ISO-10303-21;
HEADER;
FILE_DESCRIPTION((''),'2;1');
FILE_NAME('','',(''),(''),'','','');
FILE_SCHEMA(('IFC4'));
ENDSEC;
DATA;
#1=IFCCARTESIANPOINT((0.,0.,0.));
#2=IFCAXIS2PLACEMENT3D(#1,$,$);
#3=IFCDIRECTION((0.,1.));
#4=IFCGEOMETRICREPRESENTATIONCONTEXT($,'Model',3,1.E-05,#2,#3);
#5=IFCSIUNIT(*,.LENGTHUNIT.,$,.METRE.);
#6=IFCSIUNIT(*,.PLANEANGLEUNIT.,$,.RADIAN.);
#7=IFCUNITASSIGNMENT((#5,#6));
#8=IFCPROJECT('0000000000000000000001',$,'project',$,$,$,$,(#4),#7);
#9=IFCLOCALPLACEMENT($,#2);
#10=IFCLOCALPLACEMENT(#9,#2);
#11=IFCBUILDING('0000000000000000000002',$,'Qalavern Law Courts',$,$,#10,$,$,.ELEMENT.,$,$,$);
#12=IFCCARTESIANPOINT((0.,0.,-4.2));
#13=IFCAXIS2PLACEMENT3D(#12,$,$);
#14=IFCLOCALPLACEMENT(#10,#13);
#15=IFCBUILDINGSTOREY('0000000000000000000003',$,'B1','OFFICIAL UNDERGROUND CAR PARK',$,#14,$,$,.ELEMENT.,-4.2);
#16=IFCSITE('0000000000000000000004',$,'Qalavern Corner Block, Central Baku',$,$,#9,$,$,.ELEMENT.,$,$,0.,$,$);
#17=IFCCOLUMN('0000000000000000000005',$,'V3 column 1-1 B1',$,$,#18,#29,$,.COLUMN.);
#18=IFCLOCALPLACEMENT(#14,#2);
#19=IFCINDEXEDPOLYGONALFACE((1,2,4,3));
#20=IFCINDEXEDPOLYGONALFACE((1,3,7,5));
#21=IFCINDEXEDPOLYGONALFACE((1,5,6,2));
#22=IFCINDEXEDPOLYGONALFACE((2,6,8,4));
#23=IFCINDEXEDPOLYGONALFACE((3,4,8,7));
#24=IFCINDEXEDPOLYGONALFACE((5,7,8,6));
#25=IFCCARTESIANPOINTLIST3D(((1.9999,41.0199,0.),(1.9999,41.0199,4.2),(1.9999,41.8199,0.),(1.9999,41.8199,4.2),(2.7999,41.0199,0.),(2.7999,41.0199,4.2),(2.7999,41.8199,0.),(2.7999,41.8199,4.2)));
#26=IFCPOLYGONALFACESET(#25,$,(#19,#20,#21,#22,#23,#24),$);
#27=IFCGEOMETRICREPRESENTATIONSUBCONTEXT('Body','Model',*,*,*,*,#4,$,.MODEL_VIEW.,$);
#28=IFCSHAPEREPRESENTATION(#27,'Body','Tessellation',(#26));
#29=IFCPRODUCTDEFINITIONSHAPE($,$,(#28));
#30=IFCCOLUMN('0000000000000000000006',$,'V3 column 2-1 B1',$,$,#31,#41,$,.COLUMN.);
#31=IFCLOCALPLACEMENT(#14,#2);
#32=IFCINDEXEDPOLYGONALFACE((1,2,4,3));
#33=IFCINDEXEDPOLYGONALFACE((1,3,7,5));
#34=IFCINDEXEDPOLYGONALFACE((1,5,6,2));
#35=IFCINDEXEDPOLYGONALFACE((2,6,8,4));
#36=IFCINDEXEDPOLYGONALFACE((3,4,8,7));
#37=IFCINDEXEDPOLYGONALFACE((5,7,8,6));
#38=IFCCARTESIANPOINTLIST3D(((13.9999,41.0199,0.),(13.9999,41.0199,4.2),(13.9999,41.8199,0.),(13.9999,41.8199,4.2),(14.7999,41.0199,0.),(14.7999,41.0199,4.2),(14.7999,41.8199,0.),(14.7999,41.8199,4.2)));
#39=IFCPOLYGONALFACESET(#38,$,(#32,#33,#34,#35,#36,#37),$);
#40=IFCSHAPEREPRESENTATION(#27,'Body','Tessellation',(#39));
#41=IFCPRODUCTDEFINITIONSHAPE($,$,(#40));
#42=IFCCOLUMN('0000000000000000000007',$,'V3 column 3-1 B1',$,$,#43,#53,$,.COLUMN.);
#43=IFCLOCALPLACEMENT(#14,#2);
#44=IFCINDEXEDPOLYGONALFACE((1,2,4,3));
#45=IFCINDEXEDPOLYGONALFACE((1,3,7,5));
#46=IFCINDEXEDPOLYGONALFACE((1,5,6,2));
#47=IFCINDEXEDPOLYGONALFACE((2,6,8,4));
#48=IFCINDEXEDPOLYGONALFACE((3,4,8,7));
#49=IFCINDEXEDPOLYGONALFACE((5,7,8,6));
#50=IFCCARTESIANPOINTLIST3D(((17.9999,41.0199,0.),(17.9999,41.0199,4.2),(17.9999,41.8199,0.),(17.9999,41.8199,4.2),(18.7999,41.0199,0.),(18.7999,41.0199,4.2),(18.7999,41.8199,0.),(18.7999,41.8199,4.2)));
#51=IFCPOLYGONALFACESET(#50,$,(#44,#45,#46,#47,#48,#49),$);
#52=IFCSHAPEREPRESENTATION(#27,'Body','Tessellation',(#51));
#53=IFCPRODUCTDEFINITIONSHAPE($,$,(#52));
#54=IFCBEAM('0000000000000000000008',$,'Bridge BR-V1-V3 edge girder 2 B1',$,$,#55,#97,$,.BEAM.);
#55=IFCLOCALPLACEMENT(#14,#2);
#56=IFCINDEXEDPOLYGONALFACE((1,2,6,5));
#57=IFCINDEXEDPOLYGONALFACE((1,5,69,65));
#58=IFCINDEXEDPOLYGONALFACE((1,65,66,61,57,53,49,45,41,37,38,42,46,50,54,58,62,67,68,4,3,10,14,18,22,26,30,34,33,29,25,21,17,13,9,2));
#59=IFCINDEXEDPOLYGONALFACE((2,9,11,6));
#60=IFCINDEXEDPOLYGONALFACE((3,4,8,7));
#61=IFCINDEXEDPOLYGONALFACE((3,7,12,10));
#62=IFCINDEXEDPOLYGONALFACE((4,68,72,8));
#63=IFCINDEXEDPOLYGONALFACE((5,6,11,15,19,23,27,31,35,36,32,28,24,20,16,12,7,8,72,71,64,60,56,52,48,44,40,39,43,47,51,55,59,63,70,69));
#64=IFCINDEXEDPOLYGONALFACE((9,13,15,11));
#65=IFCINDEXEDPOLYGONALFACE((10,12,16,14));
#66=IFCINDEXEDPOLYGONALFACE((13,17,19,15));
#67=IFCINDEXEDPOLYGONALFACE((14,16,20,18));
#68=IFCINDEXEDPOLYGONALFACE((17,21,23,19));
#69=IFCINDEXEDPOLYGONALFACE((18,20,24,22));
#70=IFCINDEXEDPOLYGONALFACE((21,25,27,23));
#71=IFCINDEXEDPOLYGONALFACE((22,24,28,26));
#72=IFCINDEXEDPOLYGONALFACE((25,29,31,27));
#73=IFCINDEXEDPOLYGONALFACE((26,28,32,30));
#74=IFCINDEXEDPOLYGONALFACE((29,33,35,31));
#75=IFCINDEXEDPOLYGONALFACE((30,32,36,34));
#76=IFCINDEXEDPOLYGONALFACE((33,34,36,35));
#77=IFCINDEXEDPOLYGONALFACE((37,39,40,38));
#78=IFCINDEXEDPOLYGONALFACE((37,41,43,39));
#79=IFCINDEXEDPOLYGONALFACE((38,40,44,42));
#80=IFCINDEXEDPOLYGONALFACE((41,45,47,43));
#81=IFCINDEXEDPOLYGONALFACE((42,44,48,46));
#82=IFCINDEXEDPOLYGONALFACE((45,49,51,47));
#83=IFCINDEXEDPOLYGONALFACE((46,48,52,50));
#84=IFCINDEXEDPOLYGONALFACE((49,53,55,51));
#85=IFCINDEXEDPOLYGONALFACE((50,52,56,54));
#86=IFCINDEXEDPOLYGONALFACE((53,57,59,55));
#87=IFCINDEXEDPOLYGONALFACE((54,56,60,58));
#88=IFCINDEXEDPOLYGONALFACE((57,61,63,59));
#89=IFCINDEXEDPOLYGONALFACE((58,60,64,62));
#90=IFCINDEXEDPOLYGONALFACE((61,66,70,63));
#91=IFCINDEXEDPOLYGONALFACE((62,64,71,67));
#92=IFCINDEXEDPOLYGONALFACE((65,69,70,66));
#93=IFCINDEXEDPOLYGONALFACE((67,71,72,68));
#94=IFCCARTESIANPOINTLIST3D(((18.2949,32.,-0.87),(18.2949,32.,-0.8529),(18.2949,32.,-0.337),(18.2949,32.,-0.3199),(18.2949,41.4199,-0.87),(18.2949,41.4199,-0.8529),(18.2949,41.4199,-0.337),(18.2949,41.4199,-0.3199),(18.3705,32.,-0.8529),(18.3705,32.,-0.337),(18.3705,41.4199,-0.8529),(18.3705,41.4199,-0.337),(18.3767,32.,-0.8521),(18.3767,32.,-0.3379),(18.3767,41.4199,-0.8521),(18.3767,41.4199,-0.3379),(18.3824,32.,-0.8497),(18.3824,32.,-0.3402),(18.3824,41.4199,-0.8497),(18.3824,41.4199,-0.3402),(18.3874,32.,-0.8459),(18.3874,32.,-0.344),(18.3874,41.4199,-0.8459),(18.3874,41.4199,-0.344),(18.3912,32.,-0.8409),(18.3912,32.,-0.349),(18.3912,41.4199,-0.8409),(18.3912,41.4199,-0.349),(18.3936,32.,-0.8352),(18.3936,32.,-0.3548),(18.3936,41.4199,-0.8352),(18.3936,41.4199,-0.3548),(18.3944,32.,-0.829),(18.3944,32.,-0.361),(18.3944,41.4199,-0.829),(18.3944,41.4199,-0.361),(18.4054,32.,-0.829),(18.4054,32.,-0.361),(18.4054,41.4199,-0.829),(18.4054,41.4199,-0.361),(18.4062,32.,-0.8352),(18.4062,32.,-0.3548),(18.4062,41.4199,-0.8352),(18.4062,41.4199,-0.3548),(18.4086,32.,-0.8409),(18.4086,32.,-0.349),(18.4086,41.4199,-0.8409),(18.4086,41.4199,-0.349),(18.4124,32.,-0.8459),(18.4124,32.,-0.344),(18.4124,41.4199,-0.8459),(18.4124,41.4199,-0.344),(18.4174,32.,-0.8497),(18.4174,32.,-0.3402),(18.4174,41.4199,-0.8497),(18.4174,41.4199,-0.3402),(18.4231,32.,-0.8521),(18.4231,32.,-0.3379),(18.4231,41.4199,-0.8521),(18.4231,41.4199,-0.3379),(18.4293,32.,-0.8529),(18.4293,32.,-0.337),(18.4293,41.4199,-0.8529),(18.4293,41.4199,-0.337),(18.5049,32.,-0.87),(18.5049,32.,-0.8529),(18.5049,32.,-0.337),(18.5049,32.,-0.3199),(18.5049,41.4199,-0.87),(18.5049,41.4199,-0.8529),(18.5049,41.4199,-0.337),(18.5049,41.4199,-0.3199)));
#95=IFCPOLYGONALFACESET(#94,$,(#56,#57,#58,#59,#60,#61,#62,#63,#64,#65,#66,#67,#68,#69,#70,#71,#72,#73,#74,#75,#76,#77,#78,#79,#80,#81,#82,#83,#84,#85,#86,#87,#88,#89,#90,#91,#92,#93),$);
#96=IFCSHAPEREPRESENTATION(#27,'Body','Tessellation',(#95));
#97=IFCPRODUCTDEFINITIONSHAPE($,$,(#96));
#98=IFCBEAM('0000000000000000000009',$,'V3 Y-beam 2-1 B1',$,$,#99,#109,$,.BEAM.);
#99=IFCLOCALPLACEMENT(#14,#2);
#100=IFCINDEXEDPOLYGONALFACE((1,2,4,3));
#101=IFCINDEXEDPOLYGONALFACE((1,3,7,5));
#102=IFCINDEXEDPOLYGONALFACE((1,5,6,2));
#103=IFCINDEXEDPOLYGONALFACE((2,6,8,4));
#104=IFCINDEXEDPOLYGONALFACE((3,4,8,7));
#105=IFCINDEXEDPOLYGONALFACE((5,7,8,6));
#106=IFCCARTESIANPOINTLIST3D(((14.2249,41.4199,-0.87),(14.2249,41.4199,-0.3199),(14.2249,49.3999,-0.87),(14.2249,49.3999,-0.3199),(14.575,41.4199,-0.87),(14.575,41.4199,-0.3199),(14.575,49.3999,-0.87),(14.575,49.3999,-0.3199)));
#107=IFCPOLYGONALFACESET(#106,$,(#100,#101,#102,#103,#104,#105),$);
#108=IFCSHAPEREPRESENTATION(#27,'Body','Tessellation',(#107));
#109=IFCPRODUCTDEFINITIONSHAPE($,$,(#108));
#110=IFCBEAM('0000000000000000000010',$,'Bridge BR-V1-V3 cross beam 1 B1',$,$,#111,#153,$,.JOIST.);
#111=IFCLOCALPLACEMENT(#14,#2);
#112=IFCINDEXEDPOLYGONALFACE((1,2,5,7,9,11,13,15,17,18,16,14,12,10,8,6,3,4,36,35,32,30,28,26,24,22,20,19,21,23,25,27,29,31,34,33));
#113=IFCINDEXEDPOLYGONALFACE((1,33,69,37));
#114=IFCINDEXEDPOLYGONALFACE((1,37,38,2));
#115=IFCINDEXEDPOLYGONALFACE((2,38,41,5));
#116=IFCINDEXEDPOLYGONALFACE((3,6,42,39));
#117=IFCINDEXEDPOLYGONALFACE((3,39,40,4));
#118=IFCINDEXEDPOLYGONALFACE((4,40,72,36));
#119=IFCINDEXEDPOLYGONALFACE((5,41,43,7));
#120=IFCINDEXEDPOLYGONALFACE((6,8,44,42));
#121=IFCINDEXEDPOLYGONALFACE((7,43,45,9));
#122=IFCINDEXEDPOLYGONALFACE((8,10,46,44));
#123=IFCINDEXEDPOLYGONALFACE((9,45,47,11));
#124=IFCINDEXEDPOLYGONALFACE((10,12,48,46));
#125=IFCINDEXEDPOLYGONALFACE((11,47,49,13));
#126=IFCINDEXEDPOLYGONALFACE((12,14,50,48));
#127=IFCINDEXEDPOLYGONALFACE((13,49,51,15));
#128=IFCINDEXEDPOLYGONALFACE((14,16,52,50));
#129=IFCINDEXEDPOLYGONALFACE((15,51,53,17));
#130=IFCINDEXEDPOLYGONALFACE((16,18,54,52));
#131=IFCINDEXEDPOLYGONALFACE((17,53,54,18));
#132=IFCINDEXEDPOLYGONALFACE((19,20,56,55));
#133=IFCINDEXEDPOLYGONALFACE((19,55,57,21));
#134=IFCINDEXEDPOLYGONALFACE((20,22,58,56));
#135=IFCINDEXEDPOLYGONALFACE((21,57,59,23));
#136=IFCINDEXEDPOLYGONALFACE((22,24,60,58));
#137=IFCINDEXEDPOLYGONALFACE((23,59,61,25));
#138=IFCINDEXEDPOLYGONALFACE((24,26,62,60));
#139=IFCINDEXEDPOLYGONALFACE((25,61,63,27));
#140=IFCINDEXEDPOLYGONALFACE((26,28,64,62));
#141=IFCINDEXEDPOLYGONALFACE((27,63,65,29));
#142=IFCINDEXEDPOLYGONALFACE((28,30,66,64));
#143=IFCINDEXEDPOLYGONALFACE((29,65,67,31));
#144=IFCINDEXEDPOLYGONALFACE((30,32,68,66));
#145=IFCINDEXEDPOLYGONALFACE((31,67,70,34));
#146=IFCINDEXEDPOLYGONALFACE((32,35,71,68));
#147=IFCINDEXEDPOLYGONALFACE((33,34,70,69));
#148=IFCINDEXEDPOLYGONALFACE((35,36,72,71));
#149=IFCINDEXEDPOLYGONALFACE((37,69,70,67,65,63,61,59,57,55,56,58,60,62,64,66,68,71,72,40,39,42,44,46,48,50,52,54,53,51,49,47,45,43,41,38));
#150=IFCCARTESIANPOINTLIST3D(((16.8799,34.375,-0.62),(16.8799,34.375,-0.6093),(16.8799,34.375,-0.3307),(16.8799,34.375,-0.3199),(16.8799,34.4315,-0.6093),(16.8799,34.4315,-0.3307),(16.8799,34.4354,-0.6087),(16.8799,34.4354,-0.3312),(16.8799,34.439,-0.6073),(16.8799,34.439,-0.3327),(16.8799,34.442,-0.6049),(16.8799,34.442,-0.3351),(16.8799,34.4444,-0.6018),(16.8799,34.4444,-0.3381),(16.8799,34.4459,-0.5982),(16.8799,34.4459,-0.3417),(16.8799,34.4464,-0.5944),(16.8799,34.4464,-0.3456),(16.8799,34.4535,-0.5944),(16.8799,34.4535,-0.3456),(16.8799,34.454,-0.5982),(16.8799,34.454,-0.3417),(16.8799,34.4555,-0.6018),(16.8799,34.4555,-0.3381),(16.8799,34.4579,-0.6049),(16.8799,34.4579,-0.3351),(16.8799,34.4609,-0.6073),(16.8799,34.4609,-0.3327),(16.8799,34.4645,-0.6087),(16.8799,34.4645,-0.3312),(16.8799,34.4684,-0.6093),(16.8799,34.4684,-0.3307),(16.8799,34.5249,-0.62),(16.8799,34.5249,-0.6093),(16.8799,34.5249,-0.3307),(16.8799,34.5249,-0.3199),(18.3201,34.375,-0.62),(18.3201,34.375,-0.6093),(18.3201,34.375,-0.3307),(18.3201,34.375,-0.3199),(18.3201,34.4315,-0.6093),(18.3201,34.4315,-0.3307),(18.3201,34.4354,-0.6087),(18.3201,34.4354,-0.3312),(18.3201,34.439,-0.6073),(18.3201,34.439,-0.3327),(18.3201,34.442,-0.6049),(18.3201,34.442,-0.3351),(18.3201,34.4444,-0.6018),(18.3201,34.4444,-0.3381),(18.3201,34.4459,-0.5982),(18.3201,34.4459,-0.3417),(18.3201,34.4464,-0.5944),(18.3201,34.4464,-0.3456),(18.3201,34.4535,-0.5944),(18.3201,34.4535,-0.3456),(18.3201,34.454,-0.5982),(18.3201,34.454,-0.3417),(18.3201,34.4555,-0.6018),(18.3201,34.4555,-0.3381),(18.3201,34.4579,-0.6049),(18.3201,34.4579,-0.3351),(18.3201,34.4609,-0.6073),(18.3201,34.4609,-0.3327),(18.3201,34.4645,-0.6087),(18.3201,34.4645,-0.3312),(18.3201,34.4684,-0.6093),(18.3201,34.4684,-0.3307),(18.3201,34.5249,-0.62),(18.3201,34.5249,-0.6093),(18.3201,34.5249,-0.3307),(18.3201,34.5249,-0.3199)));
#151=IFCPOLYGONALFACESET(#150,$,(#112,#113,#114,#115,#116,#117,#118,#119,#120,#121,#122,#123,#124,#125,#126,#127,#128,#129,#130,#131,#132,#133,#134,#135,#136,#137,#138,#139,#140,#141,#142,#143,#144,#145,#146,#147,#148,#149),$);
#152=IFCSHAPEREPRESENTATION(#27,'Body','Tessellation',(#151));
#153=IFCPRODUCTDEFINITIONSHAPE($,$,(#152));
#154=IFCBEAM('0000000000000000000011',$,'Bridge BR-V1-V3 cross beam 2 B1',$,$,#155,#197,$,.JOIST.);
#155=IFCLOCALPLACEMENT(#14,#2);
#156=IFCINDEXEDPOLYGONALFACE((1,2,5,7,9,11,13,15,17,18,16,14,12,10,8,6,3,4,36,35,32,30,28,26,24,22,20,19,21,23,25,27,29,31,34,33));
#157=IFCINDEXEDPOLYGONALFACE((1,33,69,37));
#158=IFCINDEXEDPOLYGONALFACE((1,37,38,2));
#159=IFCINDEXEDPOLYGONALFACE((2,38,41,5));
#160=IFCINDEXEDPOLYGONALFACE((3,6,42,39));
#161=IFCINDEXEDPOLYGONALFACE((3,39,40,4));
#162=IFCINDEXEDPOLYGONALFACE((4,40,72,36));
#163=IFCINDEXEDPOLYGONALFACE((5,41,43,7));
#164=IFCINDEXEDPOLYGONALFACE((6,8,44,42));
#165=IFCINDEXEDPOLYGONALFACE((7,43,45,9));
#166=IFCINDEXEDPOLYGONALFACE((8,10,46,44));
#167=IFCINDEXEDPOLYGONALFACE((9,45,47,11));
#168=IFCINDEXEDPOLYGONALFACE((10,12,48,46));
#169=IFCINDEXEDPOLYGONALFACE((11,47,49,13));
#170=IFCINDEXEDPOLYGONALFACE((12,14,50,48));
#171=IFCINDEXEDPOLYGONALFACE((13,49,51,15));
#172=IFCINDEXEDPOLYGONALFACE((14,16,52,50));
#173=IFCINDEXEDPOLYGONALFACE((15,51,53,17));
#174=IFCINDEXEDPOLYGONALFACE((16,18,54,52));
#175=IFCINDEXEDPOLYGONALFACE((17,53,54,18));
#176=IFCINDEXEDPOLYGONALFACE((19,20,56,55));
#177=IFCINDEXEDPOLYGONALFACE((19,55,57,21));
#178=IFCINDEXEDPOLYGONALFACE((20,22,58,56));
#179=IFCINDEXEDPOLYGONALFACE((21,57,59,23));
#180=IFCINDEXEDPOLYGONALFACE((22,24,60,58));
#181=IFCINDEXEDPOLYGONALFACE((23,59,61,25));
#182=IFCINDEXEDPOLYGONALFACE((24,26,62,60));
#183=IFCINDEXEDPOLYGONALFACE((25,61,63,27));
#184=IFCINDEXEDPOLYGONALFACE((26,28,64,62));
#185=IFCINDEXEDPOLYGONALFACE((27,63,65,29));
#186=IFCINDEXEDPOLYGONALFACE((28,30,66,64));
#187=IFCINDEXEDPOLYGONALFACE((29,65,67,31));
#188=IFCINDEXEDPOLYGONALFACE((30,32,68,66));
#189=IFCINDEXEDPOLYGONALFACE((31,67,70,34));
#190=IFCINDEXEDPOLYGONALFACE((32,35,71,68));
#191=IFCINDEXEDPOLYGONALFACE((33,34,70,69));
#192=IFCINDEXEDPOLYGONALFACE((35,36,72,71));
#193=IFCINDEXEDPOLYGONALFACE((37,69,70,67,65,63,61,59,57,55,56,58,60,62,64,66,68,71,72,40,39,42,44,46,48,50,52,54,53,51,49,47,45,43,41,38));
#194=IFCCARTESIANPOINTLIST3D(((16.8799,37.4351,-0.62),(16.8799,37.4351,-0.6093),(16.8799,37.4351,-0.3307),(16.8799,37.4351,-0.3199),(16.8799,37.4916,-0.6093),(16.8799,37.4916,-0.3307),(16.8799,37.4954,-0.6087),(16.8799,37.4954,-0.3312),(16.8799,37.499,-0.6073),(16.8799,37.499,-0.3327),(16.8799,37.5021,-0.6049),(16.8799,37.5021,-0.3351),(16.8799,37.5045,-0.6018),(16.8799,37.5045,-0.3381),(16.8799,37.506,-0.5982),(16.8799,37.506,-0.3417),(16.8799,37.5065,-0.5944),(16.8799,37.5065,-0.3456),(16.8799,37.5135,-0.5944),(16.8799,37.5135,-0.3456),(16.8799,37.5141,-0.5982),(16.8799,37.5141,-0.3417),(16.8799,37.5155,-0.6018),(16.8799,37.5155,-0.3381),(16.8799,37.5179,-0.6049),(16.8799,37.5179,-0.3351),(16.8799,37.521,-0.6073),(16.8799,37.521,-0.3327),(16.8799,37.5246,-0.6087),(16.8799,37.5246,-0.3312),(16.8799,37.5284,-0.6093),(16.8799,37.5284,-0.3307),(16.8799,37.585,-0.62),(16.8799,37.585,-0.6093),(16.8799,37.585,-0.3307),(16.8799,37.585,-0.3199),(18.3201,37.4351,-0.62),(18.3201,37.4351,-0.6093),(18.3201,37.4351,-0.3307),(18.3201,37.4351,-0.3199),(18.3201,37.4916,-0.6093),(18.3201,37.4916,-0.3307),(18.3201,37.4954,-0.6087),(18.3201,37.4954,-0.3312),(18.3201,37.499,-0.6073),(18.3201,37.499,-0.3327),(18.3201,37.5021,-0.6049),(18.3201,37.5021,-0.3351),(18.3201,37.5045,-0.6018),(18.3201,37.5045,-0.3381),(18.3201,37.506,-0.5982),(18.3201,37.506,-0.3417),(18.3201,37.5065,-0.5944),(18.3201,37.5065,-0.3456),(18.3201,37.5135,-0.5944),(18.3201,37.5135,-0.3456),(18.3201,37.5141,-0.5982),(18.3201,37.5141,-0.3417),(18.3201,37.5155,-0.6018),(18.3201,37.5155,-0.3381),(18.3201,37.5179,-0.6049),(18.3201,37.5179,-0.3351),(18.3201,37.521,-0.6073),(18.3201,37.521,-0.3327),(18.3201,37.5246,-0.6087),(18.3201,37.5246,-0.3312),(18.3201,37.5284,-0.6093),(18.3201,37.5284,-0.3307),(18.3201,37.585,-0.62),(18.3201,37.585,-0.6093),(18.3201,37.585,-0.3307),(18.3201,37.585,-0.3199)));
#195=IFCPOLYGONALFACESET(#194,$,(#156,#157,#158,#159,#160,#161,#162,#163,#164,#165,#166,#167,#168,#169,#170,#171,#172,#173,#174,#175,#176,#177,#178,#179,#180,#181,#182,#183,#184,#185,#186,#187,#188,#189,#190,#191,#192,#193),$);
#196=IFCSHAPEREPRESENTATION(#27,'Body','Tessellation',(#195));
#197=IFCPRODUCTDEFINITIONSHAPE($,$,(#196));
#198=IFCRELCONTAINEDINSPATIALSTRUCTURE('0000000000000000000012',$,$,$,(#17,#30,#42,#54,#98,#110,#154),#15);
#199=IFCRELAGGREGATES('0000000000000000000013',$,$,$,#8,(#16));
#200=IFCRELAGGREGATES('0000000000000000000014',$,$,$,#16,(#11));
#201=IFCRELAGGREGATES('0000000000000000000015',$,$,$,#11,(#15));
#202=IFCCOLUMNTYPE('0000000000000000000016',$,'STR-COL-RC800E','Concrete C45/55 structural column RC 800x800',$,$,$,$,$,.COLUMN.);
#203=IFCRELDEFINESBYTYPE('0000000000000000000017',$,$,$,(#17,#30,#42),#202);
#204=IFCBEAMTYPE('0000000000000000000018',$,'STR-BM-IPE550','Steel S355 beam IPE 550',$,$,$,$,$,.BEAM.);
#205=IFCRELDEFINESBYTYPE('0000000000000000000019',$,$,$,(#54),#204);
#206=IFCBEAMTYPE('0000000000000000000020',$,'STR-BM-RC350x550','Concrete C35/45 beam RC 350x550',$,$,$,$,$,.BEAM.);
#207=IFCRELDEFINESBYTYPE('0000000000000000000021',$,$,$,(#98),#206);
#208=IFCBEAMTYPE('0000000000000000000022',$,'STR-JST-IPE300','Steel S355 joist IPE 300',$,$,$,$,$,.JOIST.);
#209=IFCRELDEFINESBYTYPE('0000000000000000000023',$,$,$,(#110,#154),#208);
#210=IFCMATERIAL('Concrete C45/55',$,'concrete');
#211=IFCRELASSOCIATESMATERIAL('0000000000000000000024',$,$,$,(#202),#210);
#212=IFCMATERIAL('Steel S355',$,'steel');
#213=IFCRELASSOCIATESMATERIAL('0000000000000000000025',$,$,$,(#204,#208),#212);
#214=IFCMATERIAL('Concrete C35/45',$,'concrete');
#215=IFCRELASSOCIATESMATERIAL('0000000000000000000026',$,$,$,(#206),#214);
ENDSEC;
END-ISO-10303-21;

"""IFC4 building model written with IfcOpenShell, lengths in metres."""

from ifc_helpers import new_model, si_unit, direction, frame, origin, origin_2d, place, context, subcontext, project, spatial, rectangle, i_section, extrude, material, material_profile, profile_set, type_object, element, save


model = new_model("IFC4")

# Units and contexts
model_context = context("Model", 3, precision=1e-05, world=origin(), true_north=direction((0.0, 1.0)))
body_context = subcontext(model_context, "Body", "Model", "MODEL_VIEW")
ifc_project = project(units=[si_unit("LENGTHUNIT", "METRE"), si_unit("PLANEANGLEUNIT", "RADIAN")], contexts=[model_context])

# Site, building, storey
site_placement = place(None, origin())
site = spatial("IfcSite", under=ifc_project, at=site_placement, Name="Qalavern Corner Block, Central Baku", CompositionType="ELEMENT", RefElevation=0.0)
building_placement = place(site_placement, origin())
building = spatial("IfcBuilding", under=site, at=building_placement, Name="Qalavern Law Courts", CompositionType="ELEMENT")
storey_placement = place(building_placement, frame((0.0, 0.0, -4.2)))
storey = spatial("IfcBuildingStorey", under=building, at=storey_placement, Name="B1", Description="OFFICIAL UNDERGROUND CAR PARK", CompositionType="ELEMENT", Elevation=-4.2)

# Columns
ifc_material_1 = material(Name="Concrete C45/55", Category="concrete")
ifc_material_profile_1 = material_profile(ifc_material_1, rectangle(XDim=0.8, YDim=0.8, at=origin_2d()), Name="RC 800x800")
ifc_profile_set_1 = profile_set([ifc_material_profile_1], Name="Concrete C45/55")
column_type = type_object("IfcColumnType", Name="STR-COL-RC800E", Description="Concrete C45/55 structural column RC 800x800", PredefinedType="COLUMN", material=ifc_profile_set_1)
for number, where, z_axis, x_axis, name in (
    (1, (2.3999, 41.4199, 0.0), (0.0, 0.0, 1.0), (1.0, 0.0, 0.0), "V3 column 1-1 B1"),
    (2, (14.3999, 41.4199, 0.0), (0.0, 0.0, 1.0), (1.0, 0.0, 0.0), "V3 column 2-1 B1"),
    (3, (18.3999, 41.4199, 0.0), (0.0, 0.0, 1.0), (1.0, 0.0, 0.0), "V3 column 3-1 B1"),
):
    element("IfcColumn", number, at=place(storey_placement, frame(where, z_axis=z_axis, x_axis=x_axis)), inside=storey, type_object=column_type, Name=name, PredefinedType="COLUMN", context=body_context, shape_type="SweptSolid", body=[
        extrude(rectangle(XDim=0.8, YDim=0.8, at=origin_2d()), origin(), (0.0, 0.0, 1.0), 4.2),
    ])

# Beams
ifc_material_2 = material(Name="Steel S355", Category="steel")
ifc_material_profile_2 = material_profile(ifc_material_2, i_section(OverallWidth=0.21, OverallDepth=0.55, WebThickness=0.011, FlangeThickness=0.0171, FilletRadius=0.0239, at=origin_2d()), Name="IPE 550")
ifc_profile_set_2 = profile_set([ifc_material_profile_2], Name="Steel S355")
beam_type_1 = type_object("IfcBeamType", Name="STR-BM-IPE550", Description="Steel S355 beam IPE 550", PredefinedType="BEAM", material=ifc_profile_set_2)
beam_1_placement = place(storey_placement, frame((18.3999, 32.0, -0.595), z_axis=(0.0, 1.0, 0.0), x_axis=(-1.0, 0.0, 0.0)))
element("IfcBeam", 4, at=beam_1_placement, inside=storey, type_object=beam_type_1, Name="Bridge BR-V1-V3 edge girder 2 B1", PredefinedType="BEAM", context=body_context, shape_type="SweptSolid", body=[
    extrude(i_section(OverallWidth=0.21, OverallDepth=0.55, WebThickness=0.011, FlangeThickness=0.0171, FilletRadius=0.0239, at=origin_2d()), origin(), (0.0, 0.0, 1.0), 9.4199),
])
ifc_material_3 = material(Name="Concrete C35/45", Category="concrete")
ifc_material_profile_3 = material_profile(ifc_material_3, rectangle(XDim=0.3501, YDim=0.55, at=origin_2d()), Name="RC 350x550")
ifc_profile_set_3 = profile_set([ifc_material_profile_3], Name="Concrete C35/45")
beam_type_2 = type_object("IfcBeamType", Name="STR-BM-RC350x550", Description="Concrete C35/45 beam RC 350x550", PredefinedType="BEAM", material=ifc_profile_set_3)
beam_2_placement = place(storey_placement, frame((14.3999, 41.4199, -0.595), z_axis=(0.0, 1.0, 0.0), x_axis=(-1.0, 0.0, 0.0)))
element("IfcBeam", 5, at=beam_2_placement, inside=storey, type_object=beam_type_2, Name="V3 Y-beam 2-1 B1", PredefinedType="BEAM", context=body_context, shape_type="SweptSolid", body=[
    extrude(rectangle(XDim=0.3501, YDim=0.55, at=origin_2d()), origin(), (0.0, 0.0, 1.0), 7.98),
])
ifc_material_profile_4 = material_profile(ifc_material_2, i_section(OverallWidth=0.1499, OverallDepth=0.3, WebThickness=0.0071, FlangeThickness=0.0107, FilletRadius=0.0149, at=origin_2d()), Name="IPE 300")
ifc_profile_set_4 = profile_set([ifc_material_profile_4], Name="Steel S355")
beam_type_3 = type_object("IfcBeamType", Name="STR-JST-IPE300", Description="Steel S355 joist IPE 300", PredefinedType="JOIST", material=ifc_profile_set_4)
for number, where, z_axis, x_axis, name in (
    (6, (16.8799, 34.45, -0.47), (1.0, 0.0, 0.0), (0.0, 1.0, 0.0), "Bridge BR-V1-V3 cross beam 1 B1"),
    (7, (16.8799, 37.51, -0.47), (1.0, 0.0, 0.0), (0.0, 1.0, 0.0), "Bridge BR-V1-V3 cross beam 2 B1"),
):
    element("IfcBeam", number, at=place(storey_placement, frame(where, z_axis=z_axis, x_axis=x_axis)), inside=storey, type_object=beam_type_3, Name=name, PredefinedType="JOIST", context=body_context, shape_type="SweptSolid", body=[
        extrude(i_section(OverallWidth=0.1499, OverallDepth=0.3, WebThickness=0.0071, FlangeThickness=0.0107, FilletRadius=0.0149, at=origin_2d()), origin(), (0.0, 0.0, 1.0), 1.4402),
    ])

save(model, "model.ifc")
